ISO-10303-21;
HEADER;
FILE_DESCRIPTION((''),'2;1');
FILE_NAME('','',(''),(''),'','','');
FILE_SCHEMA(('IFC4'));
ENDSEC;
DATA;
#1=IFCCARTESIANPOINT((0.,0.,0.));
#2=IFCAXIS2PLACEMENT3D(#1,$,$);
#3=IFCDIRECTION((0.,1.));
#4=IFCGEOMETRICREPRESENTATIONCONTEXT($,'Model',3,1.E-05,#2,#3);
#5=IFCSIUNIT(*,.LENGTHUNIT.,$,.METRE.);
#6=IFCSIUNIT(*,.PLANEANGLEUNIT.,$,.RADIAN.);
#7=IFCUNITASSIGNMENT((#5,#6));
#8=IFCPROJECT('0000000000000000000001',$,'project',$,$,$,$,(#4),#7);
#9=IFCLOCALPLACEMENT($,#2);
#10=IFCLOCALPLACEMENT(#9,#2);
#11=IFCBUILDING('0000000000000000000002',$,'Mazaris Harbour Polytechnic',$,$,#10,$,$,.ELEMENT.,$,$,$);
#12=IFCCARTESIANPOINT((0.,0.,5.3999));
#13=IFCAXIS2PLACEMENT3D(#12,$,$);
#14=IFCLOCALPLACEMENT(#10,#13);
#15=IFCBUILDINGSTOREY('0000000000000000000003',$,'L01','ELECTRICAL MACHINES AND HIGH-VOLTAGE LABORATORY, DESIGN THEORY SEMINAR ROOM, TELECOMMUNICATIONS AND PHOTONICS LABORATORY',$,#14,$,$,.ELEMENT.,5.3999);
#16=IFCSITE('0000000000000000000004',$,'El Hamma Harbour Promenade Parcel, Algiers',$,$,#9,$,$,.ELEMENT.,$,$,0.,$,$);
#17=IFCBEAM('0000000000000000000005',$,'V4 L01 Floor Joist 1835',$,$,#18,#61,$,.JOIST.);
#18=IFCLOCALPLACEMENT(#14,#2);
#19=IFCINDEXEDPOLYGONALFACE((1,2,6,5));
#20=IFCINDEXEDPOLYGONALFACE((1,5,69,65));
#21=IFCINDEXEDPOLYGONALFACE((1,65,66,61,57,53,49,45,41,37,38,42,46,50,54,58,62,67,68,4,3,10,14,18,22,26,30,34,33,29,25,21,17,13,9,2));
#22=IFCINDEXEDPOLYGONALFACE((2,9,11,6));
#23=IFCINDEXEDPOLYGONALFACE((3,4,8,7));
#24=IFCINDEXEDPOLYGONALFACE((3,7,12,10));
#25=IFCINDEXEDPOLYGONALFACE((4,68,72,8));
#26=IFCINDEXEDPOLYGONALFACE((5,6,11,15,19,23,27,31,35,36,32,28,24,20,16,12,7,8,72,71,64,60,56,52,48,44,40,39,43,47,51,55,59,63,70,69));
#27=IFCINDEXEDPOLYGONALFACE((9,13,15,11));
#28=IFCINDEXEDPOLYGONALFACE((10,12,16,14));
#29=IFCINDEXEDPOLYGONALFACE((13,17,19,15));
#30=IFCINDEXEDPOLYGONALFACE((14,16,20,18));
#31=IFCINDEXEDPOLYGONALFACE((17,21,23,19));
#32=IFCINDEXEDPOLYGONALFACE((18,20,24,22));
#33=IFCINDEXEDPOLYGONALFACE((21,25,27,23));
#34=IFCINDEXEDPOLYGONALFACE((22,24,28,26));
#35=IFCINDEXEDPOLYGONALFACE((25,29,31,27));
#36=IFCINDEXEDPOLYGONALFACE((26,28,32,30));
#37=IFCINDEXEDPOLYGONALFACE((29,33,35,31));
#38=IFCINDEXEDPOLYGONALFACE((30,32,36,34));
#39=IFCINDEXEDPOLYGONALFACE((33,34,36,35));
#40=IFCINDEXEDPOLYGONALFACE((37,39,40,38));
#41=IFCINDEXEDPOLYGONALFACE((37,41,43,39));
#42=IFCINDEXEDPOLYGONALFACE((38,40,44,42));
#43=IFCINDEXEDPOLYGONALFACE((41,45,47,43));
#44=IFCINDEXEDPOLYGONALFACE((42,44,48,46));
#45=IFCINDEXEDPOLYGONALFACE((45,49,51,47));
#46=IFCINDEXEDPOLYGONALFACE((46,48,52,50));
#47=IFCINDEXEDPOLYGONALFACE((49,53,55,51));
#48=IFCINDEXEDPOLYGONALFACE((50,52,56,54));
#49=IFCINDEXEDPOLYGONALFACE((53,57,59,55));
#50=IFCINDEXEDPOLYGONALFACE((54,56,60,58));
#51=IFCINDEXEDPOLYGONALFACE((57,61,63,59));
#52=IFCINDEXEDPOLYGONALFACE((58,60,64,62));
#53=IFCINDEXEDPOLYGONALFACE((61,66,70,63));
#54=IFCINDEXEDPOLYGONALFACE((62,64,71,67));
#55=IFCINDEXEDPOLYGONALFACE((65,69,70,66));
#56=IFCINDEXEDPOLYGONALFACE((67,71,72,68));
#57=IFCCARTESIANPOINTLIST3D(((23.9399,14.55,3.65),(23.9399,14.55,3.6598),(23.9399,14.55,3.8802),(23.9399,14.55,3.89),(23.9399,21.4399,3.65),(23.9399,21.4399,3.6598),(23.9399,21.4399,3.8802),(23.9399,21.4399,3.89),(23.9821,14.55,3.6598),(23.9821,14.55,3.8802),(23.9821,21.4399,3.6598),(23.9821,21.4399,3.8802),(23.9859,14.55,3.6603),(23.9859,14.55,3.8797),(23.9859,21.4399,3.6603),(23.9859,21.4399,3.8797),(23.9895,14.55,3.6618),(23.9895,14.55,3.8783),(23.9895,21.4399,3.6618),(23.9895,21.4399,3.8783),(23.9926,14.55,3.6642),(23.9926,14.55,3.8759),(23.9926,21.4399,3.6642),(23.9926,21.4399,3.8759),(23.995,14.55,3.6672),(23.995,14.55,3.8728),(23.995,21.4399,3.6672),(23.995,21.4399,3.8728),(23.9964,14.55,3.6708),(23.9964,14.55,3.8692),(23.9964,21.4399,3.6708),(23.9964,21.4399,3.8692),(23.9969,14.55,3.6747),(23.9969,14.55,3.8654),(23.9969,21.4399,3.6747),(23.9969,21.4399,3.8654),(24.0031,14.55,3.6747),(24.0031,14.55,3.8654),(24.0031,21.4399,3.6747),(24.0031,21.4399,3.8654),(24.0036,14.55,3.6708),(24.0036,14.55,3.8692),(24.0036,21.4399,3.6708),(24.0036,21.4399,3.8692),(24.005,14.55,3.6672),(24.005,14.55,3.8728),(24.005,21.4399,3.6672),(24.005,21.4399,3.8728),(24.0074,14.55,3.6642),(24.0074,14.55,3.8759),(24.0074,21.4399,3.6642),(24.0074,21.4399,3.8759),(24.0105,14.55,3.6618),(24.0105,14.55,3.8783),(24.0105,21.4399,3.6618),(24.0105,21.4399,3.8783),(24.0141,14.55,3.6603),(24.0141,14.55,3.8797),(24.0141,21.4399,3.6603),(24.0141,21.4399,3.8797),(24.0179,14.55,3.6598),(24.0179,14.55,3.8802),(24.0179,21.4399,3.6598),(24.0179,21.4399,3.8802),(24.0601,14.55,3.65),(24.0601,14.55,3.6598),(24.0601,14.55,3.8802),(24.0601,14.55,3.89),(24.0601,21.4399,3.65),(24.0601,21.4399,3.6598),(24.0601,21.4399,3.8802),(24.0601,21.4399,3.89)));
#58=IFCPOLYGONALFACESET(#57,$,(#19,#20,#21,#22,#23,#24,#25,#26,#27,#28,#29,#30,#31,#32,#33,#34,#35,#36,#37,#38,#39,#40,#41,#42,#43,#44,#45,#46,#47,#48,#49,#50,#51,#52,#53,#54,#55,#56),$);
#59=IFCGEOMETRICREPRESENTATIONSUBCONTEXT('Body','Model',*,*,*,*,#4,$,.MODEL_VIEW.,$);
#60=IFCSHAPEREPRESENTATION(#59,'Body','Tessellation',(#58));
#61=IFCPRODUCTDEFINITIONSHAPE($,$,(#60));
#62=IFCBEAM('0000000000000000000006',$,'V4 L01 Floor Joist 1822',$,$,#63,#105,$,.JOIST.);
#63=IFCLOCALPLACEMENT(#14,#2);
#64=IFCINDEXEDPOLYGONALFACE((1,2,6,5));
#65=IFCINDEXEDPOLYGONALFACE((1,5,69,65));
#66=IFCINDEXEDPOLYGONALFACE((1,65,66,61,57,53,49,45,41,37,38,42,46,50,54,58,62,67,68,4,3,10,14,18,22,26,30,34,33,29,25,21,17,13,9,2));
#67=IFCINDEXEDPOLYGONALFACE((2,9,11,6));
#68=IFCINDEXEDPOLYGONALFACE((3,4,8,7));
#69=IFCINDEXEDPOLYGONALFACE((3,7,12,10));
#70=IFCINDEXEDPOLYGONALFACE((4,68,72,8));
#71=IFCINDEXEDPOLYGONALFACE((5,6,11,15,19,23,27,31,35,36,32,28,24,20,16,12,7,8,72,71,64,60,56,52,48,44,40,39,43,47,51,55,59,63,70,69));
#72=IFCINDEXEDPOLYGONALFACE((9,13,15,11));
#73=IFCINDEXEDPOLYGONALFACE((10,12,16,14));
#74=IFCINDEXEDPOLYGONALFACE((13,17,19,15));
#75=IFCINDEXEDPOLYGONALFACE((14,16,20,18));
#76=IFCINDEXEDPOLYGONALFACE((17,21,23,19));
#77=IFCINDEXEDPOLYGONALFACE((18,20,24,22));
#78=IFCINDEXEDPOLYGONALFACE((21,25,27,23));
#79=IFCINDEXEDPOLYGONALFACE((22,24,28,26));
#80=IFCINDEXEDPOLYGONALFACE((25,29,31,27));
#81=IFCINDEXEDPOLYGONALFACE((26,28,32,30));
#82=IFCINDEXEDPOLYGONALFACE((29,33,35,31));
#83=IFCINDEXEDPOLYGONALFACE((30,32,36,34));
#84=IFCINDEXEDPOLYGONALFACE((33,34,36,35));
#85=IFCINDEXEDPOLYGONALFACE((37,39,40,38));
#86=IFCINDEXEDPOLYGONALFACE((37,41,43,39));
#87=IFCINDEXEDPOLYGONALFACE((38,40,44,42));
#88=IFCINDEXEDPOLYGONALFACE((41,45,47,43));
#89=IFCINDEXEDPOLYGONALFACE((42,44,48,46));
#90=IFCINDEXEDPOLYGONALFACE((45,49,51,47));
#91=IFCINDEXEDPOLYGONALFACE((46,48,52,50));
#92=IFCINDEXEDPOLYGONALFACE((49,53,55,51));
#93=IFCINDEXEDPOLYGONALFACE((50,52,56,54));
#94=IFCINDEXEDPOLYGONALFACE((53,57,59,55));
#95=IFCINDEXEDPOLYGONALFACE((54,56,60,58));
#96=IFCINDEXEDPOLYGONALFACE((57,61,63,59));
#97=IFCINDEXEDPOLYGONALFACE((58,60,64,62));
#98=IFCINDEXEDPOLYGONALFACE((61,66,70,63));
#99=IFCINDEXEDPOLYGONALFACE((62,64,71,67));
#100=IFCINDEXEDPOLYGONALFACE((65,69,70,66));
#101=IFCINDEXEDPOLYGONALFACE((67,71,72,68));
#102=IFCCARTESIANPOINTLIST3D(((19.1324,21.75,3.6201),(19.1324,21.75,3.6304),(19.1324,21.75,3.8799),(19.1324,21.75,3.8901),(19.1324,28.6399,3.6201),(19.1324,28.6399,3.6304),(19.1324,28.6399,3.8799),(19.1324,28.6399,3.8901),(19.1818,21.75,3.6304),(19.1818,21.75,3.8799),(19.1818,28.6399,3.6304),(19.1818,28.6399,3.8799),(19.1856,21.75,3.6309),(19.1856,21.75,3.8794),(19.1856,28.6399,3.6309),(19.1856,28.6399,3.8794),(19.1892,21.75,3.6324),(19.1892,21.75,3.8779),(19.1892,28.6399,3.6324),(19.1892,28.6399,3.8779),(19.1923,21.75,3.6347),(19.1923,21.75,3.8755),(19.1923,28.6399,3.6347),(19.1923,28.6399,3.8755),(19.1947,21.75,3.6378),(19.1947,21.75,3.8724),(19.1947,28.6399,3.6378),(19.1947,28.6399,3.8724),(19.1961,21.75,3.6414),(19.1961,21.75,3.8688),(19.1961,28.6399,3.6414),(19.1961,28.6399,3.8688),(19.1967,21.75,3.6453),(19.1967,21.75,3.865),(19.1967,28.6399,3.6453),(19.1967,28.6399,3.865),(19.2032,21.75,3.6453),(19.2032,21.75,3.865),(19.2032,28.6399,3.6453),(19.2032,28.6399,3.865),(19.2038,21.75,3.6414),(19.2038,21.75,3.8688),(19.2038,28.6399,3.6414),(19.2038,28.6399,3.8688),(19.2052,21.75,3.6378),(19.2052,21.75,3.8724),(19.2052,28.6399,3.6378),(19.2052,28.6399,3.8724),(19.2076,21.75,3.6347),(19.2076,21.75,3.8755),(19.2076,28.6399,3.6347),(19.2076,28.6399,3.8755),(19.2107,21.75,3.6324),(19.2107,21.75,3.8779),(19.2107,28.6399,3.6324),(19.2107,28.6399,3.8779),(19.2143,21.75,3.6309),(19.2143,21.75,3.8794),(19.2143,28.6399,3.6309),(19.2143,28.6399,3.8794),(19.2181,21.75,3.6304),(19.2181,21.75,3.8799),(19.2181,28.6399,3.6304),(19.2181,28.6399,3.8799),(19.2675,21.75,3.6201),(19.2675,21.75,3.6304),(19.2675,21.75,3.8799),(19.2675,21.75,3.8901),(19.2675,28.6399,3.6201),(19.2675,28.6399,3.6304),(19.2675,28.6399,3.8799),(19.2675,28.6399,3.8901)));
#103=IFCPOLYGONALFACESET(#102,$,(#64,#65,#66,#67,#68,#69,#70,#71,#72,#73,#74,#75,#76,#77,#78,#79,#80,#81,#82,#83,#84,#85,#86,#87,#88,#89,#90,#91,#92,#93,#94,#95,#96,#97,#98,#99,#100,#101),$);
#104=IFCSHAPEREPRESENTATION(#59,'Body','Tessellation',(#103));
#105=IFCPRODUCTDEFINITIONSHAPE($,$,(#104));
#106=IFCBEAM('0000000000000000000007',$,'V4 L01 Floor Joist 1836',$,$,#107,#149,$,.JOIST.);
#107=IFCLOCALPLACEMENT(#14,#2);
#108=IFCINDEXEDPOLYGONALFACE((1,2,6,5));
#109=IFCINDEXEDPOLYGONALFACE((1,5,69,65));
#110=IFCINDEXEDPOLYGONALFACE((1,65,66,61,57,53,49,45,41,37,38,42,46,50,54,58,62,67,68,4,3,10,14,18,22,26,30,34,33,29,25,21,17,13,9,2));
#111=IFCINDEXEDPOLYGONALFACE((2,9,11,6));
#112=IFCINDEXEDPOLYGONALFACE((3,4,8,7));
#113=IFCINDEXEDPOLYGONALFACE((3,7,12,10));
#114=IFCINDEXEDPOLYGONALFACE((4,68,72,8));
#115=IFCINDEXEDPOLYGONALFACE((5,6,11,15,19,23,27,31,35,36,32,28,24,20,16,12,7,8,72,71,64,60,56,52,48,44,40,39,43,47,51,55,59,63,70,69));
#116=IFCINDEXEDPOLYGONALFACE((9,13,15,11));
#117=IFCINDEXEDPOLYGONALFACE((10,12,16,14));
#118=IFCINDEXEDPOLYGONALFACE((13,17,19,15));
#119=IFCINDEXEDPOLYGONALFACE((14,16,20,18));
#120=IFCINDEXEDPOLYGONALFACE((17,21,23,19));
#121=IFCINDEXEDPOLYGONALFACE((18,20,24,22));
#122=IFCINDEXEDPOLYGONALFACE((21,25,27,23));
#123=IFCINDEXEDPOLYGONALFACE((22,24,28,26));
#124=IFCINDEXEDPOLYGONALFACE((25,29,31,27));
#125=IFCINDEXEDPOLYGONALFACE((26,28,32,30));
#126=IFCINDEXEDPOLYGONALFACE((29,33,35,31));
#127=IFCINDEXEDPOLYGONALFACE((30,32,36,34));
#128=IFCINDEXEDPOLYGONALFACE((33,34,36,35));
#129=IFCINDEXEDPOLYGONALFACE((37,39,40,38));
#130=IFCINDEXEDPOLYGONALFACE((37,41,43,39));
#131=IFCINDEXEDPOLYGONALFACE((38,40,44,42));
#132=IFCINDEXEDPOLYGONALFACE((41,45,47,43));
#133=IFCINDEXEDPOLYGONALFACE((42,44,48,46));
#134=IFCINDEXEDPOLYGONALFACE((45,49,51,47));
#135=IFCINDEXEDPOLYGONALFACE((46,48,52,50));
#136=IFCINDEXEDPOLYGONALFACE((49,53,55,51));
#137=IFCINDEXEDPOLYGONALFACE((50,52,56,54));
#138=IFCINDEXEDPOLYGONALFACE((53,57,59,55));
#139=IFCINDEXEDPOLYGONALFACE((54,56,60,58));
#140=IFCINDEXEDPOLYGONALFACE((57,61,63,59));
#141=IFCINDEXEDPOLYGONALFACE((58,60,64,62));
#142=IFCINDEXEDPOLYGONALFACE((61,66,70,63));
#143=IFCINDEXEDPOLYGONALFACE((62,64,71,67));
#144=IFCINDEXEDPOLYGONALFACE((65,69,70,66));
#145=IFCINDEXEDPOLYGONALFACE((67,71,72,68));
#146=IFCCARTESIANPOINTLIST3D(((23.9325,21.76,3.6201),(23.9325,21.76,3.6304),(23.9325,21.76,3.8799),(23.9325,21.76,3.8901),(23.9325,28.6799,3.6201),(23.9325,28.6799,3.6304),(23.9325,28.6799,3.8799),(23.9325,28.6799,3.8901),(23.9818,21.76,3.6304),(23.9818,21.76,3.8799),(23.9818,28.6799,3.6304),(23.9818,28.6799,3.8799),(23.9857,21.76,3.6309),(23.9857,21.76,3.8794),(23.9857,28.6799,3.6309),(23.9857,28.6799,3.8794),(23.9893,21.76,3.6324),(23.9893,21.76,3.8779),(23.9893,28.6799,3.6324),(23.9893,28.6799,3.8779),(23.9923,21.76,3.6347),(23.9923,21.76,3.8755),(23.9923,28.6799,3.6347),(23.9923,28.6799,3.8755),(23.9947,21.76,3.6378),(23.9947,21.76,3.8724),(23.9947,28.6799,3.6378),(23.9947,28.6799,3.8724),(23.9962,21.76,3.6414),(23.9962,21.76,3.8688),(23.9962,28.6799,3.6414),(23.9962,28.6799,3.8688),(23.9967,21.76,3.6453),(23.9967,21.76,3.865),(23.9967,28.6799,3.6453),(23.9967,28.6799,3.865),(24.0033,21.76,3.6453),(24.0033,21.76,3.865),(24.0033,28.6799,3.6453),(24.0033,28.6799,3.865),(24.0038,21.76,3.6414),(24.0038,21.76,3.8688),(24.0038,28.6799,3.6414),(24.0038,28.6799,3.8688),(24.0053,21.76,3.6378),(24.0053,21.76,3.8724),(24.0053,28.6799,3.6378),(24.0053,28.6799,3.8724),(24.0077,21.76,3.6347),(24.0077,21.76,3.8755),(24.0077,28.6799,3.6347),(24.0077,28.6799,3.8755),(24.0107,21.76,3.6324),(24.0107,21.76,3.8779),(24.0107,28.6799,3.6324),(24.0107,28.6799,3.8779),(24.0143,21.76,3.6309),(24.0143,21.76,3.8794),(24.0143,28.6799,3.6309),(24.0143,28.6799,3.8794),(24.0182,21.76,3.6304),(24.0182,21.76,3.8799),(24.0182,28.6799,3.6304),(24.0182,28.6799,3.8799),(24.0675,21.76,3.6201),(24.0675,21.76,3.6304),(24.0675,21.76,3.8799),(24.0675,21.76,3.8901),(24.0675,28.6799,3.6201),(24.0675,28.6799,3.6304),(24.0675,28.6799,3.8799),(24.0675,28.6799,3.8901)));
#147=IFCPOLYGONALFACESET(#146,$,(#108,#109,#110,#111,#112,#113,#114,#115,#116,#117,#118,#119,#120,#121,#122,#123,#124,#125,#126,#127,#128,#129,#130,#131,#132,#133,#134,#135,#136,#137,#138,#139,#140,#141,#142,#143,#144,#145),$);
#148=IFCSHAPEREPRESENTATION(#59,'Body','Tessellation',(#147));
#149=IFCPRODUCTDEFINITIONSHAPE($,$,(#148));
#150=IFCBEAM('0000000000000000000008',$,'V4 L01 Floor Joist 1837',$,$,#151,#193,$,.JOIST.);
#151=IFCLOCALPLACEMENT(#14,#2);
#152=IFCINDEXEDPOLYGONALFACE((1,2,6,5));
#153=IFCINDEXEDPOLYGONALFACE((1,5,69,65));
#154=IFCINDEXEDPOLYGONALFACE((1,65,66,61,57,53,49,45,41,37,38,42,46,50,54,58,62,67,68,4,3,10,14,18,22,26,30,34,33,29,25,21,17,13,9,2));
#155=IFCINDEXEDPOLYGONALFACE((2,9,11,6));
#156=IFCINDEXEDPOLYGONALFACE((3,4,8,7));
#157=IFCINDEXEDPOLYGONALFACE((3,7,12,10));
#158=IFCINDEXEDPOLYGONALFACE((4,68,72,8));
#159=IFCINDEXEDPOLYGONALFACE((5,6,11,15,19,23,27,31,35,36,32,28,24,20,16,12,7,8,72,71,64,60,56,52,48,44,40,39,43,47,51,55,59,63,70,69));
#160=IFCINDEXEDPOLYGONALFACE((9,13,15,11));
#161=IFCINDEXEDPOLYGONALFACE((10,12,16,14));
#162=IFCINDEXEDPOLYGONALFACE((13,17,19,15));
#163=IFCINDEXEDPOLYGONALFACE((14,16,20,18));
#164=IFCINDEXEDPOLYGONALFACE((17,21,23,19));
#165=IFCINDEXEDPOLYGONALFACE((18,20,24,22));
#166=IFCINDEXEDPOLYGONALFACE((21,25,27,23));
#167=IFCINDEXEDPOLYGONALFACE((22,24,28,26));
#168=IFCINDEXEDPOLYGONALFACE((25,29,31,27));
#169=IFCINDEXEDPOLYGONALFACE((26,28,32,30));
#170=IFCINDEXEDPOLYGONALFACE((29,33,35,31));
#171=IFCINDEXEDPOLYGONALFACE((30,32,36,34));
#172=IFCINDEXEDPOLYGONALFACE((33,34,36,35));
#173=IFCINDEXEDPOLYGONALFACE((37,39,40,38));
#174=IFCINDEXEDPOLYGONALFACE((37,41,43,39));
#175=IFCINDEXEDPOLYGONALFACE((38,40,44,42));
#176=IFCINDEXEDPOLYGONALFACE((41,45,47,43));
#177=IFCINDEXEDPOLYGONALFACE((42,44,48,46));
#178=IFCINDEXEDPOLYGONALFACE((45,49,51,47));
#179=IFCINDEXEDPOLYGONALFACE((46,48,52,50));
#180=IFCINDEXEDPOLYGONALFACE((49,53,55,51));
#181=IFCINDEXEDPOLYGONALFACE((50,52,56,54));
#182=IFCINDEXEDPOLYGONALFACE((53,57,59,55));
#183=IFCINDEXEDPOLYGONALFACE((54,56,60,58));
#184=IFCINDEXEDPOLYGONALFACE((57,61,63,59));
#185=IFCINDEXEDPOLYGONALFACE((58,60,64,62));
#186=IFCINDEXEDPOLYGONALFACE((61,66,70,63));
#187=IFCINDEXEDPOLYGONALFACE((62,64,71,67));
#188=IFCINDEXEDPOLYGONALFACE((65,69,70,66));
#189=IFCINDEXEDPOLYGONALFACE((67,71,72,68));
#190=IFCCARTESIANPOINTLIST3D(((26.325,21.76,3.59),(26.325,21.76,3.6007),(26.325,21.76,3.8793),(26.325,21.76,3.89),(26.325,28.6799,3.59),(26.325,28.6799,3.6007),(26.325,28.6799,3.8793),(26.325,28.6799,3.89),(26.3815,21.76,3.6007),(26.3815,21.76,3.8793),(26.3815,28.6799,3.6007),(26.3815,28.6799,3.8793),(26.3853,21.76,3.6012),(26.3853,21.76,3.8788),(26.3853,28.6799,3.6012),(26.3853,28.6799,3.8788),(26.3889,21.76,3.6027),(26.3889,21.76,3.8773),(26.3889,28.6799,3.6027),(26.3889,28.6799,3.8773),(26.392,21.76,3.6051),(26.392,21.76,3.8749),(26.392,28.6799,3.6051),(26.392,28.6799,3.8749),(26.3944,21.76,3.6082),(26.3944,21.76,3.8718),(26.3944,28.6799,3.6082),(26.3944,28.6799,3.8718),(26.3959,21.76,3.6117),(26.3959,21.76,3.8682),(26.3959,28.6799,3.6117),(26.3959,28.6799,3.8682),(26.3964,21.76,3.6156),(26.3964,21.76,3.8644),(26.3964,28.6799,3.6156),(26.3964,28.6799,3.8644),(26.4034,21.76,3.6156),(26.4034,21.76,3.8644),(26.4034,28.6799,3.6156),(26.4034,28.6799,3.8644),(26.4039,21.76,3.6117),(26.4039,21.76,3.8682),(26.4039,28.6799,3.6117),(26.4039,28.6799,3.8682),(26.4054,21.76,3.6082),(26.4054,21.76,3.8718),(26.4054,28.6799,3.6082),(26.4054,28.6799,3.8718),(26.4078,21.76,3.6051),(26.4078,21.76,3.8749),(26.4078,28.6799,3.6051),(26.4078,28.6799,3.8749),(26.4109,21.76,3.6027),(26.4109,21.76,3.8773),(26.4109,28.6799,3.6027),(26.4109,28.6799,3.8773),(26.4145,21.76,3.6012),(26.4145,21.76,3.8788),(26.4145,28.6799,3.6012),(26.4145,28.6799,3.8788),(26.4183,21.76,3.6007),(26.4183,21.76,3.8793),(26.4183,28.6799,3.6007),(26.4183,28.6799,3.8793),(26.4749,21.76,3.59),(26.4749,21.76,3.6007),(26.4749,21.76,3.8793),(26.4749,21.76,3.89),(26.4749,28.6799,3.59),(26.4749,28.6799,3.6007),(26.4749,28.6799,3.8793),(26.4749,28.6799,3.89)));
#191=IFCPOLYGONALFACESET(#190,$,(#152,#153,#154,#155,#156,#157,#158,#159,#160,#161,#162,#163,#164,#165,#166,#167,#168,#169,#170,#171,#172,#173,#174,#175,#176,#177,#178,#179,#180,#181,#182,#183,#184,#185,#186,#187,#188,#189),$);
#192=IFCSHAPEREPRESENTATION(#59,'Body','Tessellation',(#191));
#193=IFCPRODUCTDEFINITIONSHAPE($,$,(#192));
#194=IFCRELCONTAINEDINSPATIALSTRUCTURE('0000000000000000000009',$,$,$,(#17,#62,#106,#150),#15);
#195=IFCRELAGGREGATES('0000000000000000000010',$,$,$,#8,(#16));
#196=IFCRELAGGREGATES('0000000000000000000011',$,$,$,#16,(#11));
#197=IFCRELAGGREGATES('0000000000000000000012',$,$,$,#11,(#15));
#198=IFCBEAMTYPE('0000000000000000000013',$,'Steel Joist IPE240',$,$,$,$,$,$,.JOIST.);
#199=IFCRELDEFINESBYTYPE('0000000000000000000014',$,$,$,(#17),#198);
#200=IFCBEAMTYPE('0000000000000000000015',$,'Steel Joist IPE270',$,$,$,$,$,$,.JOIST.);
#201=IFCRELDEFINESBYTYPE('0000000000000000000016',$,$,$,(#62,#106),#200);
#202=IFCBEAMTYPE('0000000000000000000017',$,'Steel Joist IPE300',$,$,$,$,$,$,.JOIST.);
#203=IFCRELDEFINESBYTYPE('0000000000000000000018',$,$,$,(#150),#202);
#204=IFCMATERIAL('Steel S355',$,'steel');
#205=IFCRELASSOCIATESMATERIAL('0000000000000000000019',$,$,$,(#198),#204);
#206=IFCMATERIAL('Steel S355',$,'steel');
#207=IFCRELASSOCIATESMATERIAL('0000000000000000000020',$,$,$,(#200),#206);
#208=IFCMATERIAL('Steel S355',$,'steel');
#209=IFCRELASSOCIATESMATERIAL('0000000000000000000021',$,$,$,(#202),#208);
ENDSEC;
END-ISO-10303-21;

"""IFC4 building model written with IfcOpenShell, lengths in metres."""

from ifc_helpers import new_model, si_unit, direction, frame, origin, origin_2d, place, context, subcontext, project, spatial, i_section, extrude, material, material_profile, profile_set, type_object, element, save


model = new_model("IFC4")

# Units and contexts
model_context = context("Model", 3, precision=1e-05, world=origin(), true_north=direction((0.0, 1.0)))
body_context = subcontext(model_context, "Body", "Model", "MODEL_VIEW")
ifc_project = project(units=[si_unit("LENGTHUNIT", "METRE"), si_unit("PLANEANGLEUNIT", "RADIAN")], contexts=[model_context])

# Site, building, storey
site_placement = place(None, origin())
site = spatial("IfcSite", under=ifc_project, at=site_placement, Name="El Hamma Harbour Promenade Parcel, Algiers", CompositionType="ELEMENT", RefElevation=0.0)
building_placement = place(site_placement, origin())
building = spatial("IfcBuilding", under=site, at=building_placement, Name="Mazaris Harbour Polytechnic", CompositionType="ELEMENT")
storey_placement = place(building_placement, frame((0.0, 0.0, 5.3999)))
storey = spatial("IfcBuildingStorey", under=building, at=storey_placement, Name="L01", Description="ELECTRICAL MACHINES AND HIGH-VOLTAGE LABORATORY, DESIGN THEORY SEMINAR ROOM, TELECOMMUNICATIONS AND PHOTONICS LABORATORY", CompositionType="ELEMENT", Elevation=5.3999)

# Beams
ifc_material_1 = material(Name="Steel S355", Category="steel")
ifc_material_profile_1 = material_profile(ifc_material_1, i_section(OverallWidth=0.1201, OverallDepth=0.24, WebThickness=0.0061, FlangeThickness=0.0098, FilletRadius=0.0149, at=origin_2d()), Name="IPE 240")
ifc_profile_set_1 = profile_set([ifc_material_profile_1], Name="Steel S355")
beam_type_1 = type_object("IfcBeamType", Name="Steel Joist IPE240", PredefinedType="JOIST", material=ifc_profile_set_1)
for number, where, z_axis, x_axis, name in (
    (1, (24.0, 14.55, 3.77), (0.0, 1.0, 0.0), (-1.0, 0.0, 0.0), "V4 L01 Floor Joist 1835"),
):
    element("IfcBeam", number, at=place(storey_placement, frame(where, z_axis=z_axis, x_axis=x_axis)), inside=storey, type_object=beam_type_1, Name=name, PredefinedType="JOIST", context=body_context, shape_type="SweptSolid", body=[
        extrude(i_section(OverallWidth=0.1201, OverallDepth=0.24, WebThickness=0.0061, FlangeThickness=0.0098, FilletRadius=0.0149, at=origin_2d()), origin(), (0.0, 0.0, 1.0), 6.8899),
    ])
ifc_material_2 = material(Name="Steel S355", Category="steel")
ifc_material_profile_2 = material_profile(ifc_material_2, i_section(OverallWidth=0.135, OverallDepth=0.27, WebThickness=0.0066, FlangeThickness=0.0103, FilletRadius=0.0149, at=origin_2d()), Name="IPE 270")
ifc_profile_set_2 = profile_set([ifc_material_profile_2], Name="Steel S355")
beam_type_2 = type_object("IfcBeamType", Name="Steel Joist IPE270", PredefinedType="JOIST", material=ifc_profile_set_2)
beam_1_placement = place(storey_placement, frame((19.2, 21.75, 3.7551), z_axis=(0.0, 1.0, 0.0), x_axis=(-1.0, 0.0, 0.0)))
element("IfcBeam", 2, at=beam_1_placement, inside=storey, type_object=beam_type_2, Name="V4 L01 Floor Joist 1822", PredefinedType="JOIST", context=body_context, shape_type="SweptSolid", body=[
    extrude(i_section(OverallWidth=0.135, OverallDepth=0.27, WebThickness=0.0066, FlangeThickness=0.0103, FilletRadius=0.0149, at=origin_2d()), origin(), (0.0, 0.0, 1.0), 6.8899),
])
beam_2_placement = place(storey_placement, frame((24.0, 21.76, 3.7551), z_axis=(0.0, 1.0, 0.0), x_axis=(-1.0, 0.0, 0.0)))
element("IfcBeam", 3, at=beam_2_placement, inside=storey, type_object=beam_type_2, Name="V4 L01 Floor Joist 1836", PredefinedType="JOIST", context=body_context, shape_type="SweptSolid", body=[
    extrude(i_section(OverallWidth=0.135, OverallDepth=0.27, WebThickness=0.0066, FlangeThickness=0.0103, FilletRadius=0.0149, at=origin_2d()), origin(), (0.0, 0.0, 1.0), 6.9199),
])
ifc_material_3 = material(Name="Steel S355", Category="steel")
ifc_material_profile_3 = material_profile(ifc_material_3, i_section(OverallWidth=0.1499, OverallDepth=0.3, WebThickness=0.0071, FlangeThickness=0.0107, FilletRadius=0.0149, at=origin_2d()), Name="IPE 300")
ifc_profile_set_3 = profile_set([ifc_material_profile_3], Name="Steel S355")
beam_type_3 = type_object("IfcBeamType", Name="Steel Joist IPE300", PredefinedType="JOIST", material=ifc_profile_set_3)
beam_3_placement = place(storey_placement, frame((26.3999, 21.76, 3.74), z_axis=(0.0, 1.0, 0.0), x_axis=(-1.0, 0.0, 0.0)))
element("IfcBeam", 4, at=beam_3_placement, inside=storey, type_object=beam_type_3, Name="V4 L01 Floor Joist 1837", PredefinedType="JOIST", context=body_context, shape_type="SweptSolid", body=[
    extrude(i_section(OverallWidth=0.1499, OverallDepth=0.3, WebThickness=0.0071, FlangeThickness=0.0107, FilletRadius=0.0149, at=origin_2d()), origin(), (0.0, 0.0, 1.0), 6.9199),
])

save(model, "model.ifc")
